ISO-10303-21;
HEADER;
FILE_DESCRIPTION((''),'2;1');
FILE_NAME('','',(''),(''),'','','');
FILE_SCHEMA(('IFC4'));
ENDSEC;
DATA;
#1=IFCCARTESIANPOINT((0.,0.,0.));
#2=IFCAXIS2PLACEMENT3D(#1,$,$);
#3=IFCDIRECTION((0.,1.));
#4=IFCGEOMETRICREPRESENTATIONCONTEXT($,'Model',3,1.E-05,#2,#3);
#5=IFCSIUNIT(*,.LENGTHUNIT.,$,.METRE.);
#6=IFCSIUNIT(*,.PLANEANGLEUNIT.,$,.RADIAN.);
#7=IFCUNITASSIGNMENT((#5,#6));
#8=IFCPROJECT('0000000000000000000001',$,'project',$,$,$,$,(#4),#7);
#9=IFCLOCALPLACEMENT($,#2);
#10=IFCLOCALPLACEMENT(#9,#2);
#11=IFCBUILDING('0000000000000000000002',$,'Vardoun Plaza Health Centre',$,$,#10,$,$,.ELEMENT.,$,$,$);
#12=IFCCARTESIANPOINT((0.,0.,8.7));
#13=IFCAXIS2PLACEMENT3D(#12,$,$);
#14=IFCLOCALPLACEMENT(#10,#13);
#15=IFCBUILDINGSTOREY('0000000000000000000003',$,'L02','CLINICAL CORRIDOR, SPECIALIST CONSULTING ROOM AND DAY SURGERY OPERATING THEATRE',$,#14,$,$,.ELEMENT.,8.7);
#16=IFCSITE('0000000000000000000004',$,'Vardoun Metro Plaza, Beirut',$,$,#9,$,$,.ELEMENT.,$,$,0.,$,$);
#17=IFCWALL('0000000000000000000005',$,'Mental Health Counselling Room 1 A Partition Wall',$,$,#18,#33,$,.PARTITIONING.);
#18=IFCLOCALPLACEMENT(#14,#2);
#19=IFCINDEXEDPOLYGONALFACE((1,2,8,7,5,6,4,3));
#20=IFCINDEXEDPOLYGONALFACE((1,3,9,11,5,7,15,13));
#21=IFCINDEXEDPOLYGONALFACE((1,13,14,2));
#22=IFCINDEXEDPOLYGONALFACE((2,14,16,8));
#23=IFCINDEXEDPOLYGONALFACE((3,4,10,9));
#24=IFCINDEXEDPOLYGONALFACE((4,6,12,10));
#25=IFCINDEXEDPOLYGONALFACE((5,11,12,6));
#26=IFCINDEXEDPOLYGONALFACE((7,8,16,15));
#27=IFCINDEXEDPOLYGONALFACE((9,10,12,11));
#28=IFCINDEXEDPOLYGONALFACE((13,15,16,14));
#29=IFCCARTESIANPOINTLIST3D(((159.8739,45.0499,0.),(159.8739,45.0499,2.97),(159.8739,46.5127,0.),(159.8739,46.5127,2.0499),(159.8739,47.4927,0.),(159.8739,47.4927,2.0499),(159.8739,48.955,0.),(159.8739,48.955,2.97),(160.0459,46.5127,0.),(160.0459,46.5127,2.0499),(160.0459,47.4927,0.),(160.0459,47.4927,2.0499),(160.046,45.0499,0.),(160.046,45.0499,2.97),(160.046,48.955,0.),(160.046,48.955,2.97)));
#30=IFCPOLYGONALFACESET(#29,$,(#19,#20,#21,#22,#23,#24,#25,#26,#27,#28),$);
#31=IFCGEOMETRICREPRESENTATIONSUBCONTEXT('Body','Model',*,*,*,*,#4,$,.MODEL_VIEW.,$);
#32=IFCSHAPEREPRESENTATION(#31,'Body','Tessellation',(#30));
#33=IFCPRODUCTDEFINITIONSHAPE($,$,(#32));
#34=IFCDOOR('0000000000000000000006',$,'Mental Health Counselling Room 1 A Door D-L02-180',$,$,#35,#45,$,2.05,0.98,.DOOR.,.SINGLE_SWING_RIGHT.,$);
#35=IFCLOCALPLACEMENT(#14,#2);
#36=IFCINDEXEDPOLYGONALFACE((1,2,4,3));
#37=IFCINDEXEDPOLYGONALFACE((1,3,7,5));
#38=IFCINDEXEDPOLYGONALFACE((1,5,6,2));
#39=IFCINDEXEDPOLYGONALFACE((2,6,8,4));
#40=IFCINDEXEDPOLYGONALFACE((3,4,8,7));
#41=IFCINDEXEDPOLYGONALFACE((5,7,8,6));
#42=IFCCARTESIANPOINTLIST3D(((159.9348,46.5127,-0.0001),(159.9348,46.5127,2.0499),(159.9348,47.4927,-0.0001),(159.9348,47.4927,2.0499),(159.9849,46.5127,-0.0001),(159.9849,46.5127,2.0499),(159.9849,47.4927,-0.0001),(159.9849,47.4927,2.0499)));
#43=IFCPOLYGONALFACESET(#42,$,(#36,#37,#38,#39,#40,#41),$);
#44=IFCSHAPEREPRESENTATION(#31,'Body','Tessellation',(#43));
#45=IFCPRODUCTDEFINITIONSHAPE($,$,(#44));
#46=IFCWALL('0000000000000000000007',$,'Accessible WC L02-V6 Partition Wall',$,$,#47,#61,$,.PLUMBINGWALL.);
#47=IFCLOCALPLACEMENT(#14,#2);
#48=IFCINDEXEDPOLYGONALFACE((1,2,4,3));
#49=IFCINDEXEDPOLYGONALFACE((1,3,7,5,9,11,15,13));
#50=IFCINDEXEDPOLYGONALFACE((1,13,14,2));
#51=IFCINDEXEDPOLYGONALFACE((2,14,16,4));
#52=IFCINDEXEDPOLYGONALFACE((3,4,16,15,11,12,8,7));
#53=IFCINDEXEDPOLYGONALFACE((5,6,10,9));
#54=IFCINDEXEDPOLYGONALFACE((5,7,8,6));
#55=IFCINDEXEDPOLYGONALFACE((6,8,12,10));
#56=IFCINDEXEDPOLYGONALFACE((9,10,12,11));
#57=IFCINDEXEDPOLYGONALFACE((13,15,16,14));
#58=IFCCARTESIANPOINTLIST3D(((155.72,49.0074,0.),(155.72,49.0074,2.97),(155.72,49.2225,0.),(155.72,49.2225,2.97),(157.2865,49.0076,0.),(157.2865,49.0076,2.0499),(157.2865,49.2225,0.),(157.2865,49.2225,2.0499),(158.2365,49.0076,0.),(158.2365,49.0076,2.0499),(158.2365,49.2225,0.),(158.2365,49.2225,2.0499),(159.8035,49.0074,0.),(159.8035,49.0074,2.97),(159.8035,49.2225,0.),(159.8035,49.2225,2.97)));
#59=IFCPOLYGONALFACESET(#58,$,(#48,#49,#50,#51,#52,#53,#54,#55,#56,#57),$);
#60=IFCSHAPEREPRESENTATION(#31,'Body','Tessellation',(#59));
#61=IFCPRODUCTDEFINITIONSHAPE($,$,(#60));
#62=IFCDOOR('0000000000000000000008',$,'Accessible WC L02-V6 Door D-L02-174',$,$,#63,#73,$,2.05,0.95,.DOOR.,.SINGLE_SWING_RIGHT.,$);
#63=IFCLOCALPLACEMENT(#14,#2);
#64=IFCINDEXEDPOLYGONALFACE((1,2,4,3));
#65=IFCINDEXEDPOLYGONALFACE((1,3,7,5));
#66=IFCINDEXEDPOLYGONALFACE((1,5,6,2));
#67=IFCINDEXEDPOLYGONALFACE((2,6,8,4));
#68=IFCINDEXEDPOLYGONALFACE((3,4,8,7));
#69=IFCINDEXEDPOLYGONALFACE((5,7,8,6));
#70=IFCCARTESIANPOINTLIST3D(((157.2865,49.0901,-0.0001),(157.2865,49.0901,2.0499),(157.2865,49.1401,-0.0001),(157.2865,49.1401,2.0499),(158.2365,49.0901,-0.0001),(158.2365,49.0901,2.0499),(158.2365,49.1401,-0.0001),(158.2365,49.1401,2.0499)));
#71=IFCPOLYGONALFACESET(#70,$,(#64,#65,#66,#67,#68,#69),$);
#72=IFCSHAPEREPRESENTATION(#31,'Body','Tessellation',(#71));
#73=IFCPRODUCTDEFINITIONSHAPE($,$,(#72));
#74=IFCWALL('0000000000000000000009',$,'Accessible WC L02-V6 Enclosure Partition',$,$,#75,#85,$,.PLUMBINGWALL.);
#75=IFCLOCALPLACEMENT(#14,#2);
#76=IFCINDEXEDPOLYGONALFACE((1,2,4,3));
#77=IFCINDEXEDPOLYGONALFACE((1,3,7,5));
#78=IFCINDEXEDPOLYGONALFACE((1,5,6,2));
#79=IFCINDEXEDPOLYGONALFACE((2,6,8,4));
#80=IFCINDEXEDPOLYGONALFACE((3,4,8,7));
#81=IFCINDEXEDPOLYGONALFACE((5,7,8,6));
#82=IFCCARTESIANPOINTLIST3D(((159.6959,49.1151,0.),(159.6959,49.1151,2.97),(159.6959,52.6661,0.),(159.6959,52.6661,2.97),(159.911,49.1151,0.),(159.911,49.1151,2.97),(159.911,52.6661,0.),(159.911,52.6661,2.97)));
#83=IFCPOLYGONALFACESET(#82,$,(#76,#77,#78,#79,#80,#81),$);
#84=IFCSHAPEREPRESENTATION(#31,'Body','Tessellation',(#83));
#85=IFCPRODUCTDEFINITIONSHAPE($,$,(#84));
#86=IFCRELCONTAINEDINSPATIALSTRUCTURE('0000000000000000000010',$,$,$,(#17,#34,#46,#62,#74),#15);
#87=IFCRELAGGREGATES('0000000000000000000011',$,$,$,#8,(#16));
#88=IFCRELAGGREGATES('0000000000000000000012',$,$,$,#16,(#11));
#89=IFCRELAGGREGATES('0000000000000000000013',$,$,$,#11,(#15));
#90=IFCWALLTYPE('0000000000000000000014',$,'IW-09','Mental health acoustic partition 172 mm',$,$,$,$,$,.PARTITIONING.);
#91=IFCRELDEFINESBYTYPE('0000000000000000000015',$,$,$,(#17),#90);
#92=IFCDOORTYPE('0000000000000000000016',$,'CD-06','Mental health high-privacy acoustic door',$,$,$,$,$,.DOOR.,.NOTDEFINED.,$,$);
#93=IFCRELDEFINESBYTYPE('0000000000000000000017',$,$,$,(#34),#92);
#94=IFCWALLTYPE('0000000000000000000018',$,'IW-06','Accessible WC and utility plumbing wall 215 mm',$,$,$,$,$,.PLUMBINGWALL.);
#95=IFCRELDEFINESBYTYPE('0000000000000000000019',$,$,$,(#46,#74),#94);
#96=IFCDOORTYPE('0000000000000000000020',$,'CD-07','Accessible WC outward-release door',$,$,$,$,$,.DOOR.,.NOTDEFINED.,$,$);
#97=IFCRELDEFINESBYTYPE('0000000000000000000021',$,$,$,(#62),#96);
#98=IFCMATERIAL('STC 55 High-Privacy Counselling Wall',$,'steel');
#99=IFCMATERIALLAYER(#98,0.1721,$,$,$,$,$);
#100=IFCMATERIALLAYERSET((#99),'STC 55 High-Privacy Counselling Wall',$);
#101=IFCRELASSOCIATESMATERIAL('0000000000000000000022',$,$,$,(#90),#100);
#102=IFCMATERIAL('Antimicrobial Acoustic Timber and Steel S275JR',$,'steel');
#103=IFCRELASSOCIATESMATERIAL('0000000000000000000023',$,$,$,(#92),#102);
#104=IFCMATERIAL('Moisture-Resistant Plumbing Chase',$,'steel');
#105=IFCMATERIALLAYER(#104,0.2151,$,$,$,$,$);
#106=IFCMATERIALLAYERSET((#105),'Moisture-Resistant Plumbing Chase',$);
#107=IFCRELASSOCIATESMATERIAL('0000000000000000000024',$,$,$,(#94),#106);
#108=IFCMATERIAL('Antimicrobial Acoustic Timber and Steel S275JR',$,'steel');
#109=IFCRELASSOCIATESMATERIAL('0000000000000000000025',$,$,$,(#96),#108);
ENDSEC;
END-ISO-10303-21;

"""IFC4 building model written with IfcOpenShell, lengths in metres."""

from ifc_helpers import new_model, si_unit, direction, frame, frame_2d, origin, place, context, subcontext, project, spatial, rectangle, extrude, material, layer, layer_set, type_object, element, fill, save


model = new_model("IFC4")

# Units and contexts
model_context = context("Model", 3, precision=1e-05, world=origin(), true_north=direction((0.0, 1.0)))
body_context = subcontext(model_context, "Body", "Model", "MODEL_VIEW")
ifc_project = project(units=[si_unit("LENGTHUNIT", "METRE"), si_unit("PLANEANGLEUNIT", "RADIAN")], contexts=[model_context])

# Site, building, storey
site_placement = place(None, origin())
site = spatial("IfcSite", under=ifc_project, at=site_placement, Name="Vardoun Metro Plaza, Beirut", CompositionType="ELEMENT", RefElevation=0.0)
building_placement = place(site_placement, origin())
building = spatial("IfcBuilding", under=site, at=building_placement, Name="Vardoun Plaza Health Centre", CompositionType="ELEMENT")
storey_placement = place(building_placement, frame((0.0, 0.0, 8.7)))
storey = spatial("IfcBuildingStorey", under=building, at=storey_placement, Name="L02", Description="CLINICAL CORRIDOR, SPECIALIST CONSULTING ROOM AND DAY SURGERY OPERATING THEATRE", CompositionType="ELEMENT", Elevation=8.7)

# Walls, openings, doors
ifc_material_1 = material(Name="STC 55 High-Privacy Counselling Wall", Category="steel")
ifc_layer_1 = layer(ifc_material_1, 0.1721)
ifc_layer_set_1 = layer_set([ifc_layer_1], Name="STC 55 High-Privacy Counselling Wall")
wall_type_1 = type_object("IfcWallType", Name="IW-09", Description="Mental health acoustic partition 172 mm", PredefinedType="PARTITIONING", material=ifc_layer_set_1)
wall_1_placement = place(storey_placement, frame((159.96, 48.9551, 0.0), z_axis=(0.0, 0.0, 1.0), x_axis=(0.0, -1.0, 0.0)))
wall_1 = element("IfcWall", 1, at=wall_1_placement, inside=storey, type_object=wall_type_1, Name="Mental Health Counselling Room 1 A Partition Wall", PredefinedType="PARTITIONING", context=body_context, shape_type="SweptSolid", body=[
    extrude(rectangle(XDim=3.905, YDim=0.1721, at=frame_2d((1.9526, 0.0))), origin(), (0.0, 0.0, 1.0), 2.97),
])
opening_1_placement = place(wall_1_placement, frame((1.4624, 0.0, 0.0)))
opening_1 = element("IfcOpeningElement", 2, at=opening_1_placement, cuts=wall_1, PredefinedType="OPENING", context=body_context, shape_type="SweptSolid", body=[
    extrude(rectangle(XDim=0.98, YDim=2.05, at=frame_2d((0.49, 1.0249))), frame((0.0, 0.0859, 0.0), z_axis=(0.0, -1.0, 0.0), x_axis=(1.0, 0.0, 0.0)), (0.0, 0.0, 1.0), 0.1721),
])
ifc_material_2 = material(Name="Antimicrobial Acoustic Timber and Steel S275JR", Category="steel")
door_type_1 = type_object("IfcDoorType", Name="CD-06", Description="Mental health high-privacy acoustic door", OperationType="NOTDEFINED", PredefinedType="DOOR", material=ifc_material_2)
door_1_placement = place(opening_1_placement, origin())
door_1 = element("IfcDoor", 3, at=door_1_placement, inside=storey, type_object=door_type_1, Name="Mental Health Counselling Room 1 A Door D-L02-180", OperationType="SINGLE_SWING_RIGHT", OverallHeight=2.05, OverallWidth=0.98, PredefinedType="DOOR", context=body_context, shape_type="SweptSolid", body=[
    extrude(rectangle(XDim=0.98, YDim=2.05, at=frame_2d((0.49, 1.0249))), frame((0.0, 0.0249, 0.0), z_axis=(0.0, -1.0, 0.0), x_axis=(1.0, 0.0, 0.0)), (0.0, 0.0, 1.0), 0.05),
])
fill(opening_1, door_1)
ifc_material_3 = material(Name="Moisture-Resistant Plumbing Chase", Category="steel")
ifc_layer_2 = layer(ifc_material_3, 0.2151)
ifc_layer_set_2 = layer_set([ifc_layer_2], Name="Moisture-Resistant Plumbing Chase")
wall_type_2 = type_object("IfcWallType", Name="IW-06", Description="Accessible WC and utility plumbing wall 215 mm", PredefinedType="PLUMBINGWALL", material=ifc_layer_set_2)
wall_2_placement = place(storey_placement, frame((159.8035, 49.115, 0.0), z_axis=(0.0, 0.0, 1.0), x_axis=(-1.0, 0.0, 0.0)))
wall_2 = element("IfcWall", 4, at=wall_2_placement, inside=storey, type_object=wall_type_2, Name="Accessible WC L02-V6 Partition Wall", PredefinedType="PLUMBINGWALL", context=body_context, shape_type="SweptSolid", body=[
    extrude(rectangle(XDim=4.0835, YDim=0.2151, at=frame_2d((2.0417, 0.0))), origin(), (0.0, 0.0, 1.0), 2.97),
])
opening_2_placement = place(wall_2_placement, frame((1.5669, 0.0, 0.0)))
opening_2 = element("IfcOpeningElement", 5, at=opening_2_placement, cuts=wall_2, PredefinedType="OPENING", context=body_context, shape_type="SweptSolid", body=[
    extrude(rectangle(XDim=0.95, YDim=2.05, at=frame_2d((0.4751, 1.0249))), frame((0.0, 0.1074, 0.0), z_axis=(0.0, -1.0, 0.0), x_axis=(1.0, 0.0, 0.0)), (0.0, 0.0, 1.0), 0.2151),
])
ifc_material_4 = material(Name="Antimicrobial Acoustic Timber and Steel S275JR", Category="steel")
door_type_2 = type_object("IfcDoorType", Name="CD-07", Description="Accessible WC outward-release door", OperationType="NOTDEFINED", PredefinedType="DOOR", material=ifc_material_4)
door_2_placement = place(opening_2_placement, origin())
door_2 = element("IfcDoor", 6, at=door_2_placement, inside=storey, type_object=door_type_2, Name="Accessible WC L02-V6 Door D-L02-174", OperationType="SINGLE_SWING_RIGHT", OverallHeight=2.05, OverallWidth=0.95, PredefinedType="DOOR", context=body_context, shape_type="SweptSolid", body=[
    extrude(rectangle(XDim=0.95, YDim=2.05, at=frame_2d((0.4751, 1.0249))), frame((0.0, 0.0249, 0.0), z_axis=(0.0, -1.0, 0.0), x_axis=(1.0, 0.0, 0.0)), (0.0, 0.0, 1.0), 0.05),
])
fill(opening_2, door_2)

# Wall
wall_3_placement = place(storey_placement, frame((159.8035, 52.666, 0.0), z_axis=(0.0, 0.0, 1.0), x_axis=(0.0, -1.0, 0.0)))
element("IfcWall", 7, at=wall_3_placement, inside=storey, type_object=wall_type_2, Name="Accessible WC L02-V6 Enclosure Partition", PredefinedType="PLUMBINGWALL", context=body_context, shape_type="SweptSolid", body=[
    extrude(rectangle(XDim=3.551, YDim=0.2151, at=frame_2d((1.7754, 0.0))), origin(), (0.0, 0.0, 1.0), 2.97),
])

save(model, "model.ifc")
